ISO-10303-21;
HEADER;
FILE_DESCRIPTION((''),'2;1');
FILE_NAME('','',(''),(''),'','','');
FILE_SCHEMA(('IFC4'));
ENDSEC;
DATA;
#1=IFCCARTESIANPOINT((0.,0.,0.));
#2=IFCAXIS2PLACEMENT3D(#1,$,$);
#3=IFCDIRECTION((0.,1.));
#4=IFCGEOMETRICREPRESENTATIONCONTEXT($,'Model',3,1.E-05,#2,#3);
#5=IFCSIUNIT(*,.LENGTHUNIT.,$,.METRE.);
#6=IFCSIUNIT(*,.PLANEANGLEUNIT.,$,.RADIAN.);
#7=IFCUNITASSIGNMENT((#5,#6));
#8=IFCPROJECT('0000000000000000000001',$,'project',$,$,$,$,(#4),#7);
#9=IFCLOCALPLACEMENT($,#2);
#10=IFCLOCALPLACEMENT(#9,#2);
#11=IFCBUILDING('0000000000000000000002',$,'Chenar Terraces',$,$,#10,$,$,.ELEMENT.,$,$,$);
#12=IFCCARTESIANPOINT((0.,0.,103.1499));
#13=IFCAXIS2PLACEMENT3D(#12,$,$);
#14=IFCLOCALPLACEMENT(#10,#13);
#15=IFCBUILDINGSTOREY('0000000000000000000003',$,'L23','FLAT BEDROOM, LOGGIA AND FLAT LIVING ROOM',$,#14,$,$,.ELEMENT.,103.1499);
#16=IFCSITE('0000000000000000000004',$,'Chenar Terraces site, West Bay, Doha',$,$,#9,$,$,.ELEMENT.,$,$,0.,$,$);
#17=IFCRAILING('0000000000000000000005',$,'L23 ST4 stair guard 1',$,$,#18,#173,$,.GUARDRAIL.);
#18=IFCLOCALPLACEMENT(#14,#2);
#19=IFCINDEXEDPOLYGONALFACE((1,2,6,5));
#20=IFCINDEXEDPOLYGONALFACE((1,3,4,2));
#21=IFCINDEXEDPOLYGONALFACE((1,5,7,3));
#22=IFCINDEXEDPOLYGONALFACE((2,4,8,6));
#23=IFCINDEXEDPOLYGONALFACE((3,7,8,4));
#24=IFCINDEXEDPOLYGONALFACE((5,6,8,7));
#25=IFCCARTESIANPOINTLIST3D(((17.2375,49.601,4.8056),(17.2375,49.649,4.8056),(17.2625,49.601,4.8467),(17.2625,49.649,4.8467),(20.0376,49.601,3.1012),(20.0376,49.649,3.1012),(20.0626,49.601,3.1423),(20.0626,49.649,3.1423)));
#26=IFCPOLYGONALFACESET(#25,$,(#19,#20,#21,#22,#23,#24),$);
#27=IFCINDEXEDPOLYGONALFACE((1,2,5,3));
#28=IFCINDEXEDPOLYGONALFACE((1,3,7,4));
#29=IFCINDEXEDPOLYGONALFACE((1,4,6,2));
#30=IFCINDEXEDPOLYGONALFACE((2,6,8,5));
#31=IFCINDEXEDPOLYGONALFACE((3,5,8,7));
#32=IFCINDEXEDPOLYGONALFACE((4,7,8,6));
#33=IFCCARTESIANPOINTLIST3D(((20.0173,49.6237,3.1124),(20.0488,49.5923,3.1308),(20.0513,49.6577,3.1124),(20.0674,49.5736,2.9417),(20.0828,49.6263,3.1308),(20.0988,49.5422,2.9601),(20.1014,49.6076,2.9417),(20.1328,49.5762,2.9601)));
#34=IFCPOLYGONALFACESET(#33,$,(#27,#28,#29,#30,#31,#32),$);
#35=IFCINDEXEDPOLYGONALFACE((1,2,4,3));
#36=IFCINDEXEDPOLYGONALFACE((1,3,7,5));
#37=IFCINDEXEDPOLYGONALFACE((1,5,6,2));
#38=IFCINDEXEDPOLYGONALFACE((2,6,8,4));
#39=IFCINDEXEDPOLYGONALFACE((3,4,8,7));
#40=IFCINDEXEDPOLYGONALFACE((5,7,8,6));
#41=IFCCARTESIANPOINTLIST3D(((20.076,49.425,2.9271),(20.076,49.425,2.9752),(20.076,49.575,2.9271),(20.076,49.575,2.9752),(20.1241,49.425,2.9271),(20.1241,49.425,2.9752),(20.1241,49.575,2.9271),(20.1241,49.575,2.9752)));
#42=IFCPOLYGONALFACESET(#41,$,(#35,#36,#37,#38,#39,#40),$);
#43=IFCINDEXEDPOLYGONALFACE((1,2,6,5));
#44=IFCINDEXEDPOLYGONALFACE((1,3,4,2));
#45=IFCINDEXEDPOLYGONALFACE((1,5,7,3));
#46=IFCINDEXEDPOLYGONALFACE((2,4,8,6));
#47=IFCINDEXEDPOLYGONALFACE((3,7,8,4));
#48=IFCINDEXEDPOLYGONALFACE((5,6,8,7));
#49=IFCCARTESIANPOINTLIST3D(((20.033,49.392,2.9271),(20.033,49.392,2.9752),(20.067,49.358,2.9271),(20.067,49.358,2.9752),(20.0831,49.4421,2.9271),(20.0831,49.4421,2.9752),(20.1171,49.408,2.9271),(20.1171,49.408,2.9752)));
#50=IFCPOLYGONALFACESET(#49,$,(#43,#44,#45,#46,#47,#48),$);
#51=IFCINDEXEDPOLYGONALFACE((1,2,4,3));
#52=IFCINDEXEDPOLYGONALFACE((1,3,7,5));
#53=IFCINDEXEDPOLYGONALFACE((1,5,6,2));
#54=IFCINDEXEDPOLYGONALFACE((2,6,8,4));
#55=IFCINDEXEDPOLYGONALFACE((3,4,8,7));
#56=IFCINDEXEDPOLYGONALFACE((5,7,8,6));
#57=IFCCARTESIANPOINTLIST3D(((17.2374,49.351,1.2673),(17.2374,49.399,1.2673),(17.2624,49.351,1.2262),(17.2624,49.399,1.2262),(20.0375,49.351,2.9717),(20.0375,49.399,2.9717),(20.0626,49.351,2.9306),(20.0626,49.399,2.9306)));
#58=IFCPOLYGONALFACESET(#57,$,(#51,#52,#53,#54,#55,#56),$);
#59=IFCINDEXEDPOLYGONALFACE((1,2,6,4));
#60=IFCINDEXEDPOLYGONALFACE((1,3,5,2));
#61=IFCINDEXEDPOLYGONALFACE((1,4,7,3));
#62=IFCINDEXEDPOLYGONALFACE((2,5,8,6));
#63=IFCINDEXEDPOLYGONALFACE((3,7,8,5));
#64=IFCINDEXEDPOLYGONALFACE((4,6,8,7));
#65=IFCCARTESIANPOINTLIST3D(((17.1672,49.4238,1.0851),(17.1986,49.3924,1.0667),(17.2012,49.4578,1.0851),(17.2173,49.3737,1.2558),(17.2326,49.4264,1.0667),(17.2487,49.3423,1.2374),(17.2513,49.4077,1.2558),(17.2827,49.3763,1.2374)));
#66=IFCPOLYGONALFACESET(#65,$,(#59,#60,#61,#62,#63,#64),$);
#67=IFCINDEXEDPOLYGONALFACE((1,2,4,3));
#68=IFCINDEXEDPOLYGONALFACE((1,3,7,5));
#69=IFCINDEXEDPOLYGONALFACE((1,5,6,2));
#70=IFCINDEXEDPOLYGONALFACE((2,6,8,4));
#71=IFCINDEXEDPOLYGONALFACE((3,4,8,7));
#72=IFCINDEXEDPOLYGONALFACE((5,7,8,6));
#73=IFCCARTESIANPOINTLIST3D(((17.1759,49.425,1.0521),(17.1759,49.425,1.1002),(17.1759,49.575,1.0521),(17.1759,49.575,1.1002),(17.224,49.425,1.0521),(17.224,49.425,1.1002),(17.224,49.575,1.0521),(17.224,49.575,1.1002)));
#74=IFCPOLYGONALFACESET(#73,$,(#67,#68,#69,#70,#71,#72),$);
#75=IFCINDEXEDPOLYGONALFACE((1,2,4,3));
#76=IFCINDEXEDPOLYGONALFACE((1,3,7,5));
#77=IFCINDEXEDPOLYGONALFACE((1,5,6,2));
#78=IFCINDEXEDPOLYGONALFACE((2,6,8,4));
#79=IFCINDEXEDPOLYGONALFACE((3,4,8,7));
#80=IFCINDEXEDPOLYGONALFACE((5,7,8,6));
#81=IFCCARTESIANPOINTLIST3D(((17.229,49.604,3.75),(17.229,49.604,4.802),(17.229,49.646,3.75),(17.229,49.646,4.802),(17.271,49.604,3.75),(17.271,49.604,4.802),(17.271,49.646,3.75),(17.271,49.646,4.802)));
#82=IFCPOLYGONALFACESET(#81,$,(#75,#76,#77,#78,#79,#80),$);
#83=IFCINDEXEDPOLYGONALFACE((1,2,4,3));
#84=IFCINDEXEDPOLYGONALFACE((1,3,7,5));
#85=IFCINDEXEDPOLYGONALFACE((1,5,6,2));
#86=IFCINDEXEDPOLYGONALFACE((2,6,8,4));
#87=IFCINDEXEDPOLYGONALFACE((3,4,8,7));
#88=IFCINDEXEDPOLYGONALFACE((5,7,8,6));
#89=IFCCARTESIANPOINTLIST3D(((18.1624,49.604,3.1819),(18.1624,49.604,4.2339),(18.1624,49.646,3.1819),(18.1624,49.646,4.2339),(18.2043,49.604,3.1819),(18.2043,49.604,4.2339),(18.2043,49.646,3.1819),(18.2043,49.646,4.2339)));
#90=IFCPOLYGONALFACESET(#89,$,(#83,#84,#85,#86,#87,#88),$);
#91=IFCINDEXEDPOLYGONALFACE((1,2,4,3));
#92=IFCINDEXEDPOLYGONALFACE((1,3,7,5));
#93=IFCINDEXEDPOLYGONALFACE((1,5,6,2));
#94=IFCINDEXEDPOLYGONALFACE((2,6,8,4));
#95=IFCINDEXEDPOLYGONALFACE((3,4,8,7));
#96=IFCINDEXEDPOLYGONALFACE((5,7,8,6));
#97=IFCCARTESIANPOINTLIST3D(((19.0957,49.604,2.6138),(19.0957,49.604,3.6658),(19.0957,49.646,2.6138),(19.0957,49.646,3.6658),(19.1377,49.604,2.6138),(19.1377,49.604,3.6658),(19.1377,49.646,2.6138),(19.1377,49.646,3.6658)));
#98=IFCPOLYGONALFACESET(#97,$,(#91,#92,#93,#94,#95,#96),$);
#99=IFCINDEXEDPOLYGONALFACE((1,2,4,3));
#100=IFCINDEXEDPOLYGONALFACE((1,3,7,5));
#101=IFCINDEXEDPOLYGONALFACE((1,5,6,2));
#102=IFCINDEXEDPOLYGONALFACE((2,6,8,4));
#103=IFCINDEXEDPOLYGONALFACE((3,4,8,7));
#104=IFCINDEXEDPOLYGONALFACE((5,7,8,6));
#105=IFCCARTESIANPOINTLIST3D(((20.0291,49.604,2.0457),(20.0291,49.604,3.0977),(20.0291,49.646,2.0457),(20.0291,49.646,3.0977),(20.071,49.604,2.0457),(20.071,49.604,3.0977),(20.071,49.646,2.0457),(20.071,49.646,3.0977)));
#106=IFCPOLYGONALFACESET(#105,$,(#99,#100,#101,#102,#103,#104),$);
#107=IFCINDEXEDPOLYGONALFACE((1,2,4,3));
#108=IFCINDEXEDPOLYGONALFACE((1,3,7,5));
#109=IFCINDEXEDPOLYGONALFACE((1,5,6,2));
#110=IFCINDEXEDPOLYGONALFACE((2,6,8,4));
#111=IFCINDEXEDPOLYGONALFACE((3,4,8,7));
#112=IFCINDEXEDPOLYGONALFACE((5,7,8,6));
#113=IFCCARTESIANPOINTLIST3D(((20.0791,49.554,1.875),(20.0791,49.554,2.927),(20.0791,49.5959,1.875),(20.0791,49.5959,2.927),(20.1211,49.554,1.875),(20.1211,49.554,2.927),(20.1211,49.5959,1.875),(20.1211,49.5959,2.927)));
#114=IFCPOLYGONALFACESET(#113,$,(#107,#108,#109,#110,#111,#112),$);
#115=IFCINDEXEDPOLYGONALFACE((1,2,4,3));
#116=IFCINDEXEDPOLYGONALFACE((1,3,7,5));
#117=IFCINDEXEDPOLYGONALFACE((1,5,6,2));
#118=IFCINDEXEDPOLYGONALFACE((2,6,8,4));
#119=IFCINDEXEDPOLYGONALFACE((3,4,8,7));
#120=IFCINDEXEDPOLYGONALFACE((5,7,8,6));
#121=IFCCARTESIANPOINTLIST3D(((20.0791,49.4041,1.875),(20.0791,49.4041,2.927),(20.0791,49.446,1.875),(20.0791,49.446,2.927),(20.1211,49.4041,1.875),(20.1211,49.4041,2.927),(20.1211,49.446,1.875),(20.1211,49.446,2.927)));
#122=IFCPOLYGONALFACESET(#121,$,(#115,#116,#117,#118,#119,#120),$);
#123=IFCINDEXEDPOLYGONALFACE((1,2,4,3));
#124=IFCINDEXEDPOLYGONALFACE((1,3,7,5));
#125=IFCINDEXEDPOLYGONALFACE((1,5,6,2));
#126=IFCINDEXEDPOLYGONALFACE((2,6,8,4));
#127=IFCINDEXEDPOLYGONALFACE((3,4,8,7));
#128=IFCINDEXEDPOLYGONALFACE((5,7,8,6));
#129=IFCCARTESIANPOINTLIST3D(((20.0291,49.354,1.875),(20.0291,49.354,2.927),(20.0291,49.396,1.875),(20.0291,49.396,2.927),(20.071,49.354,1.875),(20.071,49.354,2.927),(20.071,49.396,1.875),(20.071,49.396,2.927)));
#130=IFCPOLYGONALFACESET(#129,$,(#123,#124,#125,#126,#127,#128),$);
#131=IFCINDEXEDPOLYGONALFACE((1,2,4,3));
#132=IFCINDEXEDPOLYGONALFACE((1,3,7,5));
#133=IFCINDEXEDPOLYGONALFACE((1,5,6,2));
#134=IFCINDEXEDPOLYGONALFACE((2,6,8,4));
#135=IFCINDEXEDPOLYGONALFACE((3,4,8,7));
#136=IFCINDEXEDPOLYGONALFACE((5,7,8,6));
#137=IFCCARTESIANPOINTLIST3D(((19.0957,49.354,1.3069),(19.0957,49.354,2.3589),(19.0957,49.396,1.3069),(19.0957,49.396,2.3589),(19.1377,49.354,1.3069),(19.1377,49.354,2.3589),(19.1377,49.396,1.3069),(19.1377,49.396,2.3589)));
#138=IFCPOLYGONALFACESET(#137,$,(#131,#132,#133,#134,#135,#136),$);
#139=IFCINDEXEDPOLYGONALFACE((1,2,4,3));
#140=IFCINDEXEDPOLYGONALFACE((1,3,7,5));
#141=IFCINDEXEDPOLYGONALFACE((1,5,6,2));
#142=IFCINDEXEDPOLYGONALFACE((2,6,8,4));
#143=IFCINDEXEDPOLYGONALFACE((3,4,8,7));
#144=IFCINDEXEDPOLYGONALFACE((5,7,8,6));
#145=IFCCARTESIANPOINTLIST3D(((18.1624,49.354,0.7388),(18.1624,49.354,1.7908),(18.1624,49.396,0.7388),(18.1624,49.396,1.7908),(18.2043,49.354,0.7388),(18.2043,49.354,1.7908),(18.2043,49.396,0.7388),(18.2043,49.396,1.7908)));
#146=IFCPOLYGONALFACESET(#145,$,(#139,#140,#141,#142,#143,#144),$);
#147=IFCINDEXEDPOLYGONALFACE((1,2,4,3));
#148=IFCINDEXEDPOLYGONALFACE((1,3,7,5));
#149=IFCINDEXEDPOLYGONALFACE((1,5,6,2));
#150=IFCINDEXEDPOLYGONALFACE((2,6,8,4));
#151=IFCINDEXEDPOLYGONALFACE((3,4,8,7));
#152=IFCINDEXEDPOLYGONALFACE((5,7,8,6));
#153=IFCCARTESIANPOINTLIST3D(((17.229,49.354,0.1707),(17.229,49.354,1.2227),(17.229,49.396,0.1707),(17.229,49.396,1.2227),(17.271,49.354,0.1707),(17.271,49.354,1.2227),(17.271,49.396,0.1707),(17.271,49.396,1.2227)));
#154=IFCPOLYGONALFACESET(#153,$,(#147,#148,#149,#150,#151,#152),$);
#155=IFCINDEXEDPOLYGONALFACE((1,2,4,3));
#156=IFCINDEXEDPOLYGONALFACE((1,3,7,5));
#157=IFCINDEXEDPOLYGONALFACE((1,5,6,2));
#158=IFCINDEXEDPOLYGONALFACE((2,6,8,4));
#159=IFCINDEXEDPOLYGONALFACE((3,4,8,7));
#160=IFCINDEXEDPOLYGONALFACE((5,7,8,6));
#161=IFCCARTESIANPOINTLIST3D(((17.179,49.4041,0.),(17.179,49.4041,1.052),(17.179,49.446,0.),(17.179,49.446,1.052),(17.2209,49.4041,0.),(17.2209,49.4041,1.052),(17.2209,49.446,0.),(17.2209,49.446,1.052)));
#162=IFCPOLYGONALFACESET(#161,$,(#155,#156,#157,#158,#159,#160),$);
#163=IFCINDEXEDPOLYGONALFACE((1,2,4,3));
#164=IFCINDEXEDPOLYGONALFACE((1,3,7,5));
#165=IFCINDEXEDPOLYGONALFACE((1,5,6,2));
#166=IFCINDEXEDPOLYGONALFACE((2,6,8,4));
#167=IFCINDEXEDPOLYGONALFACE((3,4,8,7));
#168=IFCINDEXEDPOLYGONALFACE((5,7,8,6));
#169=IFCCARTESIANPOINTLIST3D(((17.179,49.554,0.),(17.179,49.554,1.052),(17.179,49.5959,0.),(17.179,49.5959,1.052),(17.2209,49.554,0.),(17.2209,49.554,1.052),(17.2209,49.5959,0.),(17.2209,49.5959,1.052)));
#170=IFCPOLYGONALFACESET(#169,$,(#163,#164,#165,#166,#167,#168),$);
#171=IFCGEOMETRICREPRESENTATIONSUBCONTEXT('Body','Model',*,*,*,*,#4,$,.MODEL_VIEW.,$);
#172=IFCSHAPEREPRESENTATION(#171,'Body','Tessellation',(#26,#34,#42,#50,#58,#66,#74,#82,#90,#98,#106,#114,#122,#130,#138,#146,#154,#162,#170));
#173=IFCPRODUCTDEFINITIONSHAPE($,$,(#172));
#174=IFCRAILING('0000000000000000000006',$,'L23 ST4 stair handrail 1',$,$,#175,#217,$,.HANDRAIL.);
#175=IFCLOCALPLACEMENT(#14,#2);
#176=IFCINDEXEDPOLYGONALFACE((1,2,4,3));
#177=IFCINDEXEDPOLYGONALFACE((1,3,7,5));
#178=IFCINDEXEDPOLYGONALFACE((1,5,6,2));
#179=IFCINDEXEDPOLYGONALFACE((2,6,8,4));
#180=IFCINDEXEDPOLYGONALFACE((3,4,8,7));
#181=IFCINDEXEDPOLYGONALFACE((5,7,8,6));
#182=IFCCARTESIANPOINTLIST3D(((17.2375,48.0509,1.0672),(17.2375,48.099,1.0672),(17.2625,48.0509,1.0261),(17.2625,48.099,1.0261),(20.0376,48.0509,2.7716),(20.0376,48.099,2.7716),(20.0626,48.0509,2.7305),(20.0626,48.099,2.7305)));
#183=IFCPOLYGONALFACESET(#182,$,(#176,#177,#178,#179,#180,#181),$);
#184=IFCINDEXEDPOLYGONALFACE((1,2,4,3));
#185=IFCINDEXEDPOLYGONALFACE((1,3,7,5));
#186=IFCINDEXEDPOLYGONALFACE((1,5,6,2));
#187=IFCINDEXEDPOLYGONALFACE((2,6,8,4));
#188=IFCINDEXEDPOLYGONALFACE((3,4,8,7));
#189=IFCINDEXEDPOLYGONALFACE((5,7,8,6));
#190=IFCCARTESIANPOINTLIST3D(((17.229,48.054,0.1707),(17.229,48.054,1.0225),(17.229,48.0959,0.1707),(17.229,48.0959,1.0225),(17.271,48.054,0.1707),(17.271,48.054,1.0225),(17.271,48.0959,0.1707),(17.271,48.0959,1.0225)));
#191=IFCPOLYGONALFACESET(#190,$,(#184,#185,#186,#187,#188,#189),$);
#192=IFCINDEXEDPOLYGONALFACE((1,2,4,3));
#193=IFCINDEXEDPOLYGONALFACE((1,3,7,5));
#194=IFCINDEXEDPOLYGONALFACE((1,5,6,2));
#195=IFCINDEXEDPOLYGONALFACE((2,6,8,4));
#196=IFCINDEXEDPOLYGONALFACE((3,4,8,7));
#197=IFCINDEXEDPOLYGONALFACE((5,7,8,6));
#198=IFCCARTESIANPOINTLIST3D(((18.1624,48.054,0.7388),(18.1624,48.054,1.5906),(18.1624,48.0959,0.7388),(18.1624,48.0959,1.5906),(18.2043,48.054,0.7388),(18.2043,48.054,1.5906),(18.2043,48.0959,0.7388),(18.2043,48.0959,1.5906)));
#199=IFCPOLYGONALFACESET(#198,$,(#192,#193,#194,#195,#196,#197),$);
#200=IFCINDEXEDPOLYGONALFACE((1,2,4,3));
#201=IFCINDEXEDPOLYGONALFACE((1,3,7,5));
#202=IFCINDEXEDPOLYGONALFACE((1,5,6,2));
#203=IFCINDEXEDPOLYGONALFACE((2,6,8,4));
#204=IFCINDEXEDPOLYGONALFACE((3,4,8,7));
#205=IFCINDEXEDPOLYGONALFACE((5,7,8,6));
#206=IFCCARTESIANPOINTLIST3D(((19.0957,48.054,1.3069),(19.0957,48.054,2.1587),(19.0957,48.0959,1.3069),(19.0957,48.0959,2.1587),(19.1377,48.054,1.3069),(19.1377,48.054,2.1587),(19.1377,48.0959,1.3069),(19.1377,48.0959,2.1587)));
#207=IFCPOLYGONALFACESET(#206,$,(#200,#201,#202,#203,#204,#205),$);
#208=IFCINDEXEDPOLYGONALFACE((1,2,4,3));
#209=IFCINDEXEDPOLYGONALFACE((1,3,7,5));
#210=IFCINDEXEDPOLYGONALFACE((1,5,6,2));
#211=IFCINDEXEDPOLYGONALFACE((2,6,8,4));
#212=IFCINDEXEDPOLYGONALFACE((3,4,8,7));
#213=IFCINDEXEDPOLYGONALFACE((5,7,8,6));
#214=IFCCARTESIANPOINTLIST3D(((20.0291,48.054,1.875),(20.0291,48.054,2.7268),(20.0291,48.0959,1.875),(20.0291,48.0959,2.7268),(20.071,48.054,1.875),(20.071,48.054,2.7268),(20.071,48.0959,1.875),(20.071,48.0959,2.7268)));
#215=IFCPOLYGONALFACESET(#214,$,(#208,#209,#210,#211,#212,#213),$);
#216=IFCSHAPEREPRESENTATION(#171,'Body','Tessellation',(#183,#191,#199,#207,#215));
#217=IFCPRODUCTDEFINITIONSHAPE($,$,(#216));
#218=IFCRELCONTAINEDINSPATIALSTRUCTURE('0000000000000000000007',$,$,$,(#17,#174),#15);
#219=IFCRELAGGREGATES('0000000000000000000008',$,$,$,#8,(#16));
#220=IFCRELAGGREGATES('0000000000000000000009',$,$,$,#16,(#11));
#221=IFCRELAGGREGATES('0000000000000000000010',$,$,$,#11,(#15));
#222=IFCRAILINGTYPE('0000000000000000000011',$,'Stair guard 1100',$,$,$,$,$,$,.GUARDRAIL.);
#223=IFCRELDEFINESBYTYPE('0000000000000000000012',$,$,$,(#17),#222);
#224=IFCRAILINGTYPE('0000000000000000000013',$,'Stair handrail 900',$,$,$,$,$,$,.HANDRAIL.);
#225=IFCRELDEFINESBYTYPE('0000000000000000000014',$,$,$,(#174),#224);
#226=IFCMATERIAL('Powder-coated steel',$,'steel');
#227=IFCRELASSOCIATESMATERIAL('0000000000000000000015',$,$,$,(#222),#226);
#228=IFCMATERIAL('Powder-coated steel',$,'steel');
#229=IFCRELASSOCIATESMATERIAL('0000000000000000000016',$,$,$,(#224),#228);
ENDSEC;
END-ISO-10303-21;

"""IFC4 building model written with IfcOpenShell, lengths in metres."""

from ifc_helpers import new_model, si_unit, direction, frame, origin, origin_2d, place, context, subcontext, project, spatial, rectangle, extrude, material, type_object, element, save


model = new_model("IFC4")

# Units and contexts
model_context = context("Model", 3, precision=1e-05, world=origin(), true_north=direction((0.0, 1.0)))
body_context = subcontext(model_context, "Body", "Model", "MODEL_VIEW")
ifc_project = project(units=[si_unit("LENGTHUNIT", "METRE"), si_unit("PLANEANGLEUNIT", "RADIAN")], contexts=[model_context])

# Site, building, storey
site_placement = place(None, origin())
site = spatial("IfcSite", under=ifc_project, at=site_placement, Name="Chenar Terraces site, West Bay, Doha", CompositionType="ELEMENT", RefElevation=0.0)
building_placement = place(site_placement, origin())
building = spatial("IfcBuilding", under=site, at=building_placement, Name="Chenar Terraces", CompositionType="ELEMENT")
storey_placement = place(building_placement, frame((0.0, 0.0, 103.1499)))
storey = spatial("IfcBuildingStorey", under=building, at=storey_placement, Name="L23", Description="FLAT BEDROOM, LOGGIA AND FLAT LIVING ROOM", CompositionType="ELEMENT", Elevation=103.1499)

# Railings
ifc_material_1 = material(Name="Powder-coated steel", Category="steel")
railing_type_1 = type_object("IfcRailingType", Name="Stair guard 1100", PredefinedType="GUARDRAIL", material=ifc_material_1)
railing_1_placement = place(storey_placement, frame((17.25, 49.625, 3.75)))
element("IfcRailing", 1, at=railing_1_placement, inside=storey, type_object=railing_type_1, Name="L23 ST4 stair guard 1", PredefinedType="GUARDRAIL", context=body_context, shape_type="SweptSolid", body=[
    extrude(rectangle(XDim=0.0481, YDim=0.0481, at=origin_2d()), frame((0.0, 0.0, 1.0762), z_axis=(0.854203, 0.0, -0.51994), x_axis=(0.0, 1.0, 0.0)), (0.0, 0.0, 1.0), 3.2781),
    extrude(rectangle(XDim=0.0481, YDim=0.0481, at=origin_2d()), frame((2.8, 0.0, -0.6284), z_axis=(0.2709, -0.2709, -0.923703), x_axis=(0.707107, 0.707107, 0.0)), (0.0, 0.0, 1.0), 0.1848),
    extrude(rectangle(XDim=0.0481, YDim=0.0481, at=origin_2d()), frame((2.8501, -0.05, -0.7988), z_axis=(0.0, -1.0, 0.0), x_axis=(1.0, 0.0, 0.0)), (0.0, 0.0, 1.0), 0.1499),
    extrude(rectangle(XDim=0.0481, YDim=0.0481, at=origin_2d()), frame((2.8501, -0.2, -0.7988), z_axis=(-0.707107, -0.707107, 0.0), x_axis=(0.707107, -0.707107, 0.0)), (0.0, 0.0, 1.0), 0.0708),
    extrude(rectangle(XDim=0.0481, YDim=0.0481, at=origin_2d()), frame((2.8, -0.25, -0.7988), z_axis=(-0.854203, 0.0, -0.51994), x_axis=(0.0, -1.0, 0.0)), (0.0, 0.0, 1.0), 3.2781),
    extrude(rectangle(XDim=0.0481, YDim=0.0481, at=origin_2d()), frame((0.0, -0.25, -2.5034), z_axis=(-0.2709, 0.2709, -0.923703), x_axis=(-0.707107, -0.707107, 0.0)), (0.0, 0.0, 1.0), 0.1848),
    extrude(rectangle(XDim=0.0481, YDim=0.0481, at=origin_2d()), frame((-0.05, -0.2, -2.6738), z_axis=(0.0, 1.0, 0.0), x_axis=(-1.0, 0.0, 0.0)), (0.0, 0.0, 1.0), 0.1499),
    extrude(rectangle(XDim=0.042, YDim=0.042, at=origin_2d()), origin(), (0.0, 0.0, 1.0), 1.052),
    extrude(rectangle(XDim=0.042, YDim=0.042, at=origin_2d()), frame((0.9333, 0.0, -0.5681)), (0.0, 0.0, 1.0), 1.052),
    extrude(rectangle(XDim=0.042, YDim=0.042, at=origin_2d()), frame((1.8667, 0.0, -1.1362)), (0.0, 0.0, 1.0), 1.052),
    extrude(rectangle(XDim=0.042, YDim=0.042, at=origin_2d()), frame((2.8, 0.0, -1.7043)), (0.0, 0.0, 1.0), 1.052),
    extrude(rectangle(XDim=0.042, YDim=0.042, at=origin_2d()), frame((2.8501, -0.05, -1.875)), (0.0, 0.0, 1.0), 1.052),
    extrude(rectangle(XDim=0.042, YDim=0.042, at=origin_2d()), frame((2.8501, -0.2, -1.875)), (0.0, 0.0, 1.0), 1.052),
    extrude(rectangle(XDim=0.042, YDim=0.042, at=origin_2d()), frame((2.8, -0.25, -1.875)), (0.0, 0.0, 1.0), 1.052),
    extrude(rectangle(XDim=0.042, YDim=0.042, at=origin_2d()), frame((1.8667, -0.25, -2.4431)), (0.0, 0.0, 1.0), 1.052),
    extrude(rectangle(XDim=0.042, YDim=0.042, at=origin_2d()), frame((0.9333, -0.25, -3.0112)), (0.0, 0.0, 1.0), 1.052),
    extrude(rectangle(XDim=0.042, YDim=0.042, at=origin_2d()), frame((0.0, -0.25, -3.5793)), (0.0, 0.0, 1.0), 1.052),
    extrude(rectangle(XDim=0.042, YDim=0.042, at=origin_2d()), frame((-0.05, -0.2, -3.75)), (0.0, 0.0, 1.0), 1.052),
    extrude(rectangle(XDim=0.042, YDim=0.042, at=origin_2d()), frame((-0.05, -0.05, -3.75)), (0.0, 0.0, 1.0), 1.052),
])
ifc_material_2 = material(Name="Powder-coated steel", Category="steel")
railing_type_2 = type_object("IfcRailingType", Name="Stair handrail 900", PredefinedType="HANDRAIL", material=ifc_material_2)
railing_2_placement = place(storey_placement, frame((17.25, 48.075, 0.1707)))
element("IfcRailing", 2, at=railing_2_placement, inside=storey, type_object=railing_type_2, Name="L23 ST4 stair handrail 1", PredefinedType="HANDRAIL", context=body_context, shape_type="SweptSolid", body=[
    extrude(rectangle(XDim=0.0481, YDim=0.0481, at=origin_2d()), frame((0.0, 0.0, 0.876), z_axis=(0.854203, 0.0, 0.51994), x_axis=(0.0, 1.0, 0.0)), (0.0, 0.0, 1.0), 3.2781),
    extrude(rectangle(XDim=0.042, YDim=0.042, at=origin_2d()), origin(), (0.0, 0.0, 1.0), 0.8518),
    extrude(rectangle(XDim=0.042, YDim=0.042, at=origin_2d()), frame((0.9333, 0.0, 0.5681)), (0.0, 0.0, 1.0), 0.8518),
    extrude(rectangle(XDim=0.042, YDim=0.042, at=origin_2d()), frame((1.8667, 0.0, 1.1362)), (0.0, 0.0, 1.0), 0.8518),
    extrude(rectangle(XDim=0.042, YDim=0.042, at=origin_2d()), frame((2.8, 0.0, 1.7043)), (0.0, 0.0, 1.0), 0.8518),
])

save(model, "model.ifc")
